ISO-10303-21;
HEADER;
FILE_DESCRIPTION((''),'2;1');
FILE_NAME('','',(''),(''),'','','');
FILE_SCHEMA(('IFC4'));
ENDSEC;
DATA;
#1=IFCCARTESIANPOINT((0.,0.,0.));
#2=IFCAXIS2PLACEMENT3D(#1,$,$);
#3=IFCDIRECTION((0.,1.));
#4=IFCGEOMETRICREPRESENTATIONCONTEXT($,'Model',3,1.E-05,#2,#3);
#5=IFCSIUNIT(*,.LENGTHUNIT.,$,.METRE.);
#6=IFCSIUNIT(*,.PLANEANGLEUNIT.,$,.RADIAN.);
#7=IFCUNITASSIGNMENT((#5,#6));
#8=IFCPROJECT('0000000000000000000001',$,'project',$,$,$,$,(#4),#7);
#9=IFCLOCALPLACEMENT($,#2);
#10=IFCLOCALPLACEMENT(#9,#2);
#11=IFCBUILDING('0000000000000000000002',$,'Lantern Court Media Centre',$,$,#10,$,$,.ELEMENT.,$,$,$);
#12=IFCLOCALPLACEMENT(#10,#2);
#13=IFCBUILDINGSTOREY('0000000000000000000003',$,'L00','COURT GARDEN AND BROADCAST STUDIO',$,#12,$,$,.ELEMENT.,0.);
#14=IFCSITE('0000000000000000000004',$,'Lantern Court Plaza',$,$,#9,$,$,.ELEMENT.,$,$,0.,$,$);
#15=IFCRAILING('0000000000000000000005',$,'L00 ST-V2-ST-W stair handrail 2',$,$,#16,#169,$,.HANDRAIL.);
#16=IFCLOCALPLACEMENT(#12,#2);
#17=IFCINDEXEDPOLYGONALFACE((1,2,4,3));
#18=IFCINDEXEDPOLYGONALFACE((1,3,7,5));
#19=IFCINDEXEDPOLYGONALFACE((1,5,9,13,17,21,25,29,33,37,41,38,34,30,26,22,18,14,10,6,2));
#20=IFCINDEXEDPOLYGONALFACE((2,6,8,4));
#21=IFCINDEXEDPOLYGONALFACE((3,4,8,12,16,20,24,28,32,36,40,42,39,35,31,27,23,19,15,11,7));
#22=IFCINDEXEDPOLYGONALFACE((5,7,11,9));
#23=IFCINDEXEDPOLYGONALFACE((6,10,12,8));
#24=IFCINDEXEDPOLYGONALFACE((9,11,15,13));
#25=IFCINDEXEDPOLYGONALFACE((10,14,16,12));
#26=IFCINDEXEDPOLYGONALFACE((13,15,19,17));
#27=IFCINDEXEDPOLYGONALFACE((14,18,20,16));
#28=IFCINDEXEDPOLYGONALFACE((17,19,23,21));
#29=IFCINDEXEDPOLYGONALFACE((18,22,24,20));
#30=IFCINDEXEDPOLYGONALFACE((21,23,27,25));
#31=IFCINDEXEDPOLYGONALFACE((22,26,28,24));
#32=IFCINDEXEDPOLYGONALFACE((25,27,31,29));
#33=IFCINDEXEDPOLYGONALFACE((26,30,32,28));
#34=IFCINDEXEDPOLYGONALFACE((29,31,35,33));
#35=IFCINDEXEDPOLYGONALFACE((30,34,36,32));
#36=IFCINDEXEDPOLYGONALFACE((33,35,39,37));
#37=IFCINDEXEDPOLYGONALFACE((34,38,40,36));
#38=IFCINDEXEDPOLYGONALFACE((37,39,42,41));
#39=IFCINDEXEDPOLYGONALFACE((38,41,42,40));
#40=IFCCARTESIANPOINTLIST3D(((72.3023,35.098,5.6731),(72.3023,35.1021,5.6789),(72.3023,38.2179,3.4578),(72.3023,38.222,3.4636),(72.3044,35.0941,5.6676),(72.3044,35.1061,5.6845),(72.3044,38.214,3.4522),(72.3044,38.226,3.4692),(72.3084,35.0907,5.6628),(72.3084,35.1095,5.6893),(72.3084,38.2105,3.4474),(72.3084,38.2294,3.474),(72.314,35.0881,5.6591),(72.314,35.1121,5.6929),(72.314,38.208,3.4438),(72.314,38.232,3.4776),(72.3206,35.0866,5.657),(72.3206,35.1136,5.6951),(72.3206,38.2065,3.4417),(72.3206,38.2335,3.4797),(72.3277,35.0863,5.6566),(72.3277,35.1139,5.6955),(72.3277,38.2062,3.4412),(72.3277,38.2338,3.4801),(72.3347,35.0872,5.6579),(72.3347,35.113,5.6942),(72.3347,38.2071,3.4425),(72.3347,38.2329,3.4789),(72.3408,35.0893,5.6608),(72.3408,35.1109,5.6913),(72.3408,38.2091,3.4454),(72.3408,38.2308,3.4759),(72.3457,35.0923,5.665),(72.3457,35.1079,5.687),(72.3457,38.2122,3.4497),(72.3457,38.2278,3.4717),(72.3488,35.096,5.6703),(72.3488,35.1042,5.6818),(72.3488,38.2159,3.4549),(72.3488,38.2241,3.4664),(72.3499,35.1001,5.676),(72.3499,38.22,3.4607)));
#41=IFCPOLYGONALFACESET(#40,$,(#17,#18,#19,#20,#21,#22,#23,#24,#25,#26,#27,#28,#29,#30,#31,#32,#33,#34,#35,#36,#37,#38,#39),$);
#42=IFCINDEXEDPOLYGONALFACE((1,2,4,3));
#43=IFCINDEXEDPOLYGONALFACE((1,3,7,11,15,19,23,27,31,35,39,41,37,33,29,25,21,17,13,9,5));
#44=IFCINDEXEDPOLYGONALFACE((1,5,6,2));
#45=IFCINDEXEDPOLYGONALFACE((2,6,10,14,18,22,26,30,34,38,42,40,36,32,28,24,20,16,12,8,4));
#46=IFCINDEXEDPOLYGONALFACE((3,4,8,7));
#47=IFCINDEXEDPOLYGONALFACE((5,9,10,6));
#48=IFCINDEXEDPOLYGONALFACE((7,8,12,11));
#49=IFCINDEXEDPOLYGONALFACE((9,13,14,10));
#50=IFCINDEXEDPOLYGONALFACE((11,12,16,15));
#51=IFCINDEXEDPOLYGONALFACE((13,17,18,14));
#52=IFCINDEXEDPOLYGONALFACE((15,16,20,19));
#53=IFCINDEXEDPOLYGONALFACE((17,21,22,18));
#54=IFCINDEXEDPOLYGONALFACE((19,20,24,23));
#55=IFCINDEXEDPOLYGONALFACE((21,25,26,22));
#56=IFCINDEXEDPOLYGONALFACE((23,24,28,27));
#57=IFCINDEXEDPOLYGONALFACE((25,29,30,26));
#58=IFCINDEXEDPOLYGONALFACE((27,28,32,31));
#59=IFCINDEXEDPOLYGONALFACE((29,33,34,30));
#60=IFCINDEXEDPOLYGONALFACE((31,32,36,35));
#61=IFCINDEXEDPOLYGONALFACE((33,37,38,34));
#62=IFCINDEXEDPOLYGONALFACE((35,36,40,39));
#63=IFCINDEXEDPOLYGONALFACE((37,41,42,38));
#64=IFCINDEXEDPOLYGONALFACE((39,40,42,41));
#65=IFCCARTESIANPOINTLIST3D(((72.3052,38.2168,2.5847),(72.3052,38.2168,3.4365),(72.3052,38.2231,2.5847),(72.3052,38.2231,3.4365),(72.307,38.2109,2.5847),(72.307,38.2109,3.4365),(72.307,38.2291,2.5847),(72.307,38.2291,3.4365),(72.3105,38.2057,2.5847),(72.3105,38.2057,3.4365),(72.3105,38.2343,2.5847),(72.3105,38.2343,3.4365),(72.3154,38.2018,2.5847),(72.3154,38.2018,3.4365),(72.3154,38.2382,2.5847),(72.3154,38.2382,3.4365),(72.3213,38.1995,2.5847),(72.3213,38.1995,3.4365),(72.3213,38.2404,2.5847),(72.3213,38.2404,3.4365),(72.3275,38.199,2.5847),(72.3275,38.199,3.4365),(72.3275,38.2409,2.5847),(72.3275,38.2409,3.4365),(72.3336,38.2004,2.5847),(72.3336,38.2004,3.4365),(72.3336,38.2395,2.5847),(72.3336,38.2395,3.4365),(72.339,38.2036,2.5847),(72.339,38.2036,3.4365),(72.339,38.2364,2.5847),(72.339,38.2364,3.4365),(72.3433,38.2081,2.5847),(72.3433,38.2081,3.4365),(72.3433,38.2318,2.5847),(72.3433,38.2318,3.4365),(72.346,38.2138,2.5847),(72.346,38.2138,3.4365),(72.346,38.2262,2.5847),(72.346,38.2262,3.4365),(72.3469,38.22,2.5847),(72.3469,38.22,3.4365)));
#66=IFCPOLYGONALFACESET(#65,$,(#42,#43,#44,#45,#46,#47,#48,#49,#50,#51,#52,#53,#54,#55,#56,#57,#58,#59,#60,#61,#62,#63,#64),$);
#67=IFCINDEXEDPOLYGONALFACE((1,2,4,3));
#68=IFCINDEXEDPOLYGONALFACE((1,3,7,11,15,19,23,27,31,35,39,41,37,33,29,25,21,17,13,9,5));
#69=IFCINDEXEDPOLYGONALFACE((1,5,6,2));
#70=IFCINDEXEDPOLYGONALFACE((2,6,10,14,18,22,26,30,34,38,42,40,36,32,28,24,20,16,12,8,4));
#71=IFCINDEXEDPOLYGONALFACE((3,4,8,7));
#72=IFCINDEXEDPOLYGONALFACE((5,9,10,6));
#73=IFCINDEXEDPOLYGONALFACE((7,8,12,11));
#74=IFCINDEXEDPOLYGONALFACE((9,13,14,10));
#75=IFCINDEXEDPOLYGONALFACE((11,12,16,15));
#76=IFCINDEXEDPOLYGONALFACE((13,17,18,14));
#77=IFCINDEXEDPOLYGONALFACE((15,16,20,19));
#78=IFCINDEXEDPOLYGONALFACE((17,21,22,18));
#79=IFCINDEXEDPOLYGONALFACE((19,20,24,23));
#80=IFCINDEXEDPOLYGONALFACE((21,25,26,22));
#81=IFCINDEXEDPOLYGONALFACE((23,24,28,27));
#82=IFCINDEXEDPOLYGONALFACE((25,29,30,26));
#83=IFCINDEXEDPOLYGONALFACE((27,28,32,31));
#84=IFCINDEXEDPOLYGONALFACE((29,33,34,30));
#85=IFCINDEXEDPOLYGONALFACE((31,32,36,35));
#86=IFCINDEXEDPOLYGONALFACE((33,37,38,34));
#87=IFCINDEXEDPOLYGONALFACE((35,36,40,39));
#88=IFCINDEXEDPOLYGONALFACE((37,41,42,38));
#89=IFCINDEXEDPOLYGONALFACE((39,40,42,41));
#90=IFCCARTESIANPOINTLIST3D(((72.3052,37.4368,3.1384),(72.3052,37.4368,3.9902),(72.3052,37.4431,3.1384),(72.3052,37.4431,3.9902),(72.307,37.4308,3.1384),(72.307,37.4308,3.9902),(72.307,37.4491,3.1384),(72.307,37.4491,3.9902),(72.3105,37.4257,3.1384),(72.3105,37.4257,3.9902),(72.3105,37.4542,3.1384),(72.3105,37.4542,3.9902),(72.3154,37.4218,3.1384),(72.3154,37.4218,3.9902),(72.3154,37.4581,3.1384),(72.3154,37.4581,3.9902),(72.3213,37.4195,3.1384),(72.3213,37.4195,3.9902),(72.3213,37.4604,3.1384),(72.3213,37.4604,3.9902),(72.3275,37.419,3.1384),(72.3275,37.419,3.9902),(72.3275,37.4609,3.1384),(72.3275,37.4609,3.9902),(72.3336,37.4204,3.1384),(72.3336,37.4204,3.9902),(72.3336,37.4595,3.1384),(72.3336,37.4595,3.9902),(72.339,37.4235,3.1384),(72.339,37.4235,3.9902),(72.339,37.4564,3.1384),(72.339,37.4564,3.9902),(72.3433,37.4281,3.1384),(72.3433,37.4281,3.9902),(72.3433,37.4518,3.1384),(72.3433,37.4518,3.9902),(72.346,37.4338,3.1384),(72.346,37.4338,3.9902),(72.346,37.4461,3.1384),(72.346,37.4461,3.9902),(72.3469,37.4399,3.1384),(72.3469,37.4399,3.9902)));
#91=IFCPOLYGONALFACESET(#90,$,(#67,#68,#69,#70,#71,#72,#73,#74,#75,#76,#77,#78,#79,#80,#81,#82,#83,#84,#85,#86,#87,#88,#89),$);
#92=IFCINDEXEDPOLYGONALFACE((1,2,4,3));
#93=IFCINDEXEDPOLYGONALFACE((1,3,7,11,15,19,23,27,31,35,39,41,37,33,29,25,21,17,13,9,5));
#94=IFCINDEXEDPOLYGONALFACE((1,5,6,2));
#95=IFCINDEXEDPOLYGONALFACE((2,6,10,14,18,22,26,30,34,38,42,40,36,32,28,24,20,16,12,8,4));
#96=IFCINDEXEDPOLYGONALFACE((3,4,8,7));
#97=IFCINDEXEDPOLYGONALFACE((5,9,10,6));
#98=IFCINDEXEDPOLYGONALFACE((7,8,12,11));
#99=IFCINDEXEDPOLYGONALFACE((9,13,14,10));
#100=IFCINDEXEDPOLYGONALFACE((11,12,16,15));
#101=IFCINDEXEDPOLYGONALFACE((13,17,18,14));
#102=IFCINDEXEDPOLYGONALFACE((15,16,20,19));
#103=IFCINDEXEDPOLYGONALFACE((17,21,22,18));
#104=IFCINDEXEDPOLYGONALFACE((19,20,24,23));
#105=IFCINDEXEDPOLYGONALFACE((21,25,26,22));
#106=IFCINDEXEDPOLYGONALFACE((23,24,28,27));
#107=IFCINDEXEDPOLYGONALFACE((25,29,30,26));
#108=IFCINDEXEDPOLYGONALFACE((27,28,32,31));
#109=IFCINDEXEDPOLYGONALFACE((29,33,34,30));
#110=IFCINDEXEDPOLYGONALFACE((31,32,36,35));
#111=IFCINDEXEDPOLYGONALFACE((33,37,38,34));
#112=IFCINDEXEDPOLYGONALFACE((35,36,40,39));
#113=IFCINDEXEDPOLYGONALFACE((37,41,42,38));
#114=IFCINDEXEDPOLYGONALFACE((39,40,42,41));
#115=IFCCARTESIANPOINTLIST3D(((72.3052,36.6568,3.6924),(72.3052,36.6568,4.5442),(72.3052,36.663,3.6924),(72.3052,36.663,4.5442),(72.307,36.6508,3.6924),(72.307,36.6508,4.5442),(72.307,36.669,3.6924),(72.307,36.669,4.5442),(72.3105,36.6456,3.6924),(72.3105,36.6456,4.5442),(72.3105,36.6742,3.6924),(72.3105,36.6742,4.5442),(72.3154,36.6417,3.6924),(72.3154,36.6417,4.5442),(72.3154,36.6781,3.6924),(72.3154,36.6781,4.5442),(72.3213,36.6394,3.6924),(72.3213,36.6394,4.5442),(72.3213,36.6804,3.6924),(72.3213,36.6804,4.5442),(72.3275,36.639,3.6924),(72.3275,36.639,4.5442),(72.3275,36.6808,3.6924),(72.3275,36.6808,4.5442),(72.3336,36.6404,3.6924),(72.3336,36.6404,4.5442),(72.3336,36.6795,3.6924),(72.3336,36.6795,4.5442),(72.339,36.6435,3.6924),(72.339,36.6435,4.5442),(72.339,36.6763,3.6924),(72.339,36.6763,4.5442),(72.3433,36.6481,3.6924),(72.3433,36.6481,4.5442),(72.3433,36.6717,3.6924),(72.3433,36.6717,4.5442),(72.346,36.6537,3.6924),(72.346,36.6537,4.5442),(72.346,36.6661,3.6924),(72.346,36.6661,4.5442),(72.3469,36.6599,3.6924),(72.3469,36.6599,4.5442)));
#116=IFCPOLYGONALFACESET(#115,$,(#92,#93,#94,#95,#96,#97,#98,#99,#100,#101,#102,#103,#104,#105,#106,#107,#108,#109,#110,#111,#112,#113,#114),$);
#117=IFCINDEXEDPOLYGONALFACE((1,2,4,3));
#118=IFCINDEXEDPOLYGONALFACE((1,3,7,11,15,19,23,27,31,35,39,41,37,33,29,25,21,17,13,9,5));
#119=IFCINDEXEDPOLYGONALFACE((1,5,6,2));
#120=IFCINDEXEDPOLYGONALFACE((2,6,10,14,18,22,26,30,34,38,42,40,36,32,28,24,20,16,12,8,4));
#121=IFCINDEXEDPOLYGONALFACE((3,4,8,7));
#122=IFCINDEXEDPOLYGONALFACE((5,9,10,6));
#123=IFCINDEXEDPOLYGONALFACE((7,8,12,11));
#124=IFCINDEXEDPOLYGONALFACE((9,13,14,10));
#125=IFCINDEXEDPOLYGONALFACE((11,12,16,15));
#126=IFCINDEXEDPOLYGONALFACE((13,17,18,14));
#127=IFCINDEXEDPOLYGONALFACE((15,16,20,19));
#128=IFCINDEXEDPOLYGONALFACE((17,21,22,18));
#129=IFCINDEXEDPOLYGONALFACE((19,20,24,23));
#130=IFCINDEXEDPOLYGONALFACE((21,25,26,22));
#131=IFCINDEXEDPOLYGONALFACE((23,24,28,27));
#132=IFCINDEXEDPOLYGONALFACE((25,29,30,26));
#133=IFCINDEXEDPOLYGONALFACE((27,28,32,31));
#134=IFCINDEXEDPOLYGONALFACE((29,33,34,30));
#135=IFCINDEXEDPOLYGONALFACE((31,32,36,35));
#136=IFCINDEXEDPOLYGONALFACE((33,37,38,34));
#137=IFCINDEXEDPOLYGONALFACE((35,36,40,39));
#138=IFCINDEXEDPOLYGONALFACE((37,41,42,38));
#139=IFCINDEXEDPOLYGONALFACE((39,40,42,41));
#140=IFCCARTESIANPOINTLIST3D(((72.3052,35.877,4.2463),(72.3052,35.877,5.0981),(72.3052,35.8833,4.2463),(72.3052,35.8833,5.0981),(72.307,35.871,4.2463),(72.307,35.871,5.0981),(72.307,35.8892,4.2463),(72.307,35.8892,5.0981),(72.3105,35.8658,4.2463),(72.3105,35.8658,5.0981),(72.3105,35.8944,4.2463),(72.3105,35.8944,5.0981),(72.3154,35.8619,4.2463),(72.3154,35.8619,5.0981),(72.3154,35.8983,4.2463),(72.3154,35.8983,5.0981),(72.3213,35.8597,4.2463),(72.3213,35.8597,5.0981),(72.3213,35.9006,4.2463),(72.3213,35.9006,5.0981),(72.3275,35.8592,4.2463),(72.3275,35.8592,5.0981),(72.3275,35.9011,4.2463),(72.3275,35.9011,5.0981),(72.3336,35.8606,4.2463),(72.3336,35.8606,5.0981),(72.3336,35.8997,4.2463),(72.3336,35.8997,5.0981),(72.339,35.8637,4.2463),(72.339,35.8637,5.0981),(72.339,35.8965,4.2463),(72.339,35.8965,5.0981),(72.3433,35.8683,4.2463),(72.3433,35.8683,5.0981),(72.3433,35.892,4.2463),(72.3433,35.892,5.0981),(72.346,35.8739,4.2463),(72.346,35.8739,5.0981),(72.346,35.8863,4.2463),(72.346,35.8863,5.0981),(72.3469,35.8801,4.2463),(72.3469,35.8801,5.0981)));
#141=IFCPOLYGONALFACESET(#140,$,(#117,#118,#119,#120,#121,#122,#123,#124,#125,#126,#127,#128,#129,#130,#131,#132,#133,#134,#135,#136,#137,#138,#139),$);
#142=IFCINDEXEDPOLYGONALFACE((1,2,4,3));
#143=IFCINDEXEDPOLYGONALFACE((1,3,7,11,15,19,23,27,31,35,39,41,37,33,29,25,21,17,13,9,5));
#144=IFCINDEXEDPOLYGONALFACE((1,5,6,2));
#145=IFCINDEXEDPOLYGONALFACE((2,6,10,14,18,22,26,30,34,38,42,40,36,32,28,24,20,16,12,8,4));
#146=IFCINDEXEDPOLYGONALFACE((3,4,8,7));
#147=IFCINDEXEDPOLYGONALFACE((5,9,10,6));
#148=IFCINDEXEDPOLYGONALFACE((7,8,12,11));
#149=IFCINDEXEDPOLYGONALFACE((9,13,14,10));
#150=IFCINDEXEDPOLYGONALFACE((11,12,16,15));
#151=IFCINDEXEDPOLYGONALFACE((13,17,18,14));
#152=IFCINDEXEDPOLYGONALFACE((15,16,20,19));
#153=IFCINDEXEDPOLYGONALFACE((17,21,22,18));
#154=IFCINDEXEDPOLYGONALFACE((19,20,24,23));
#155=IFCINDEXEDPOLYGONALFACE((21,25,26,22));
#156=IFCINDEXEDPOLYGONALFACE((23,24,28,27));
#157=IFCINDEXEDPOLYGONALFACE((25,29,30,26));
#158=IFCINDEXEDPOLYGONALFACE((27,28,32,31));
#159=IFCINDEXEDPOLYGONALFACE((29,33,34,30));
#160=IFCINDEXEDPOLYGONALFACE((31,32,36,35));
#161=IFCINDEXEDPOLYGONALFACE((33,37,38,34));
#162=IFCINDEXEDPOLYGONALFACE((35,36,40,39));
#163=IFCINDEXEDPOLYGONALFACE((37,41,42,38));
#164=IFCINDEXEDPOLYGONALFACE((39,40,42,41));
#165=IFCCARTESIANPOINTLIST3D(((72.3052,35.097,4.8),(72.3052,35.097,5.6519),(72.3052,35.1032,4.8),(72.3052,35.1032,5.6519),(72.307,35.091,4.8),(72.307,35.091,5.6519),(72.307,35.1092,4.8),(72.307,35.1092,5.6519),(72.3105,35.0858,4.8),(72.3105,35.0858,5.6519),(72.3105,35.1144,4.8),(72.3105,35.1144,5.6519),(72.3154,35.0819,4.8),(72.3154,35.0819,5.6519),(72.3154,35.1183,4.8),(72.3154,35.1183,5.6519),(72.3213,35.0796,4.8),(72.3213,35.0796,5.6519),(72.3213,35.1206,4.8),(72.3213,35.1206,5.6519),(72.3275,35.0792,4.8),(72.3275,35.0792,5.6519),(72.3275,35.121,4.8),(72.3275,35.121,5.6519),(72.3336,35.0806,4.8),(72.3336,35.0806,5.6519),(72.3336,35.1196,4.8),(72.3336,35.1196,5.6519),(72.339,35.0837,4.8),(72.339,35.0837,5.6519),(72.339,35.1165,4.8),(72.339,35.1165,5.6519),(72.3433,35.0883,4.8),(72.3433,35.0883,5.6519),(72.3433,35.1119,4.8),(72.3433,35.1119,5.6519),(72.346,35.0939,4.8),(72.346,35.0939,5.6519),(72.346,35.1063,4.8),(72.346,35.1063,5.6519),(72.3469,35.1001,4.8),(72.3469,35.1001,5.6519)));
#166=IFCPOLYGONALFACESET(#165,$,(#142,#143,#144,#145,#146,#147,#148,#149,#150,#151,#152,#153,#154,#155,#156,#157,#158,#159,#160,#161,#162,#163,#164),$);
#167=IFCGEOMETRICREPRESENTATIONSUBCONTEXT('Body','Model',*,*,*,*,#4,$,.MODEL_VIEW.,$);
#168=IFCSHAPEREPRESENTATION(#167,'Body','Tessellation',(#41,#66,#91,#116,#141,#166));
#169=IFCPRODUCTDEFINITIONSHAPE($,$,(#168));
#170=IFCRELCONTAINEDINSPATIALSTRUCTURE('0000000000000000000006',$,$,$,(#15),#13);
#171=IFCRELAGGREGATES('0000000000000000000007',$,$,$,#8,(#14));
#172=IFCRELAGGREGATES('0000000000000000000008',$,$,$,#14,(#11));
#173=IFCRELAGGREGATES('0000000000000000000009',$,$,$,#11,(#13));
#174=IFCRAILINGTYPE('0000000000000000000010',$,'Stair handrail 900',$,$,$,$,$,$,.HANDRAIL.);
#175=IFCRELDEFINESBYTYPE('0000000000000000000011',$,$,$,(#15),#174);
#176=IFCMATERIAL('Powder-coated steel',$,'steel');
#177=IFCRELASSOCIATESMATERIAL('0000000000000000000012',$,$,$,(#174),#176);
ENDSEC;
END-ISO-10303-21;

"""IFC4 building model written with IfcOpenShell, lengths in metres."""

from ifc_helpers import new_model, si_unit, direction, frame, origin, origin_2d, place, context, subcontext, project, spatial, circle, extrude, material, type_object, element, save


model = new_model("IFC4")

# Units and contexts
model_context = context("Model", 3, precision=1e-05, world=origin(), true_north=direction((0.0, 1.0)))
body_context = subcontext(model_context, "Body", "Model", "MODEL_VIEW")
ifc_project = project(units=[si_unit("LENGTHUNIT", "METRE"), si_unit("PLANEANGLEUNIT", "RADIAN")], contexts=[model_context])

# Site, building, storey
site_placement = place(None, origin())
site = spatial("IfcSite", under=ifc_project, at=site_placement, Name="Lantern Court Plaza", CompositionType="ELEMENT", RefElevation=0.0)
building_placement = place(site_placement, origin())
building = spatial("IfcBuilding", under=site, at=building_placement, Name="Lantern Court Media Centre", CompositionType="ELEMENT")
storey_placement = place(building_placement, origin())
storey = spatial("IfcBuildingStorey", under=building, at=storey_placement, Name="L00", Description="COURT GARDEN AND BROADCAST STUDIO", CompositionType="ELEMENT", Elevation=0.0)

# Railing
ifc_material_1 = material(Name="Powder-coated steel", Category="steel")
railing_type_1 = type_object("IfcRailingType", Name="Stair handrail 900", PredefinedType="HANDRAIL", material=ifc_material_1)
railing_1_placement = place(storey_placement, frame((72.3259, 38.22, 2.5847)))
element("IfcRailing", 1, at=railing_1_placement, inside=storey, type_object=railing_type_1, Name="L00 ST-V2-ST-W stair handrail 2", PredefinedType="HANDRAIL", context=body_context, shape_type="SweptSolid", body=[
    extrude(circle(Radius=0.0239, at=origin_2d()), frame((0.0, 0.0, 0.876), z_axis=(0.0, -0.815356, 0.578961), x_axis=(1.0, 0.0, 0.0)), (0.0, 0.0, 1.0), 3.8264),
    extrude(circle(Radius=0.021, at=origin_2d()), origin(), (0.0, 0.0, 1.0), 0.8518),
    extrude(circle(Radius=0.021, at=origin_2d()), frame((0.0, -0.78, 0.5537)), (0.0, 0.0, 1.0), 0.8518),
    extrude(circle(Radius=0.021, at=origin_2d()), frame((0.0, -1.5601, 1.1077)), (0.0, 0.0, 1.0), 0.8518),
    extrude(circle(Radius=0.021, at=origin_2d()), frame((0.0, -2.3398, 1.6616)), (0.0, 0.0, 1.0), 0.8518),
    extrude(circle(Radius=0.021, at=origin_2d()), frame((0.0, -3.1199, 2.2153)), (0.0, 0.0, 1.0), 0.8518),
])

save(model, "model.ifc")
